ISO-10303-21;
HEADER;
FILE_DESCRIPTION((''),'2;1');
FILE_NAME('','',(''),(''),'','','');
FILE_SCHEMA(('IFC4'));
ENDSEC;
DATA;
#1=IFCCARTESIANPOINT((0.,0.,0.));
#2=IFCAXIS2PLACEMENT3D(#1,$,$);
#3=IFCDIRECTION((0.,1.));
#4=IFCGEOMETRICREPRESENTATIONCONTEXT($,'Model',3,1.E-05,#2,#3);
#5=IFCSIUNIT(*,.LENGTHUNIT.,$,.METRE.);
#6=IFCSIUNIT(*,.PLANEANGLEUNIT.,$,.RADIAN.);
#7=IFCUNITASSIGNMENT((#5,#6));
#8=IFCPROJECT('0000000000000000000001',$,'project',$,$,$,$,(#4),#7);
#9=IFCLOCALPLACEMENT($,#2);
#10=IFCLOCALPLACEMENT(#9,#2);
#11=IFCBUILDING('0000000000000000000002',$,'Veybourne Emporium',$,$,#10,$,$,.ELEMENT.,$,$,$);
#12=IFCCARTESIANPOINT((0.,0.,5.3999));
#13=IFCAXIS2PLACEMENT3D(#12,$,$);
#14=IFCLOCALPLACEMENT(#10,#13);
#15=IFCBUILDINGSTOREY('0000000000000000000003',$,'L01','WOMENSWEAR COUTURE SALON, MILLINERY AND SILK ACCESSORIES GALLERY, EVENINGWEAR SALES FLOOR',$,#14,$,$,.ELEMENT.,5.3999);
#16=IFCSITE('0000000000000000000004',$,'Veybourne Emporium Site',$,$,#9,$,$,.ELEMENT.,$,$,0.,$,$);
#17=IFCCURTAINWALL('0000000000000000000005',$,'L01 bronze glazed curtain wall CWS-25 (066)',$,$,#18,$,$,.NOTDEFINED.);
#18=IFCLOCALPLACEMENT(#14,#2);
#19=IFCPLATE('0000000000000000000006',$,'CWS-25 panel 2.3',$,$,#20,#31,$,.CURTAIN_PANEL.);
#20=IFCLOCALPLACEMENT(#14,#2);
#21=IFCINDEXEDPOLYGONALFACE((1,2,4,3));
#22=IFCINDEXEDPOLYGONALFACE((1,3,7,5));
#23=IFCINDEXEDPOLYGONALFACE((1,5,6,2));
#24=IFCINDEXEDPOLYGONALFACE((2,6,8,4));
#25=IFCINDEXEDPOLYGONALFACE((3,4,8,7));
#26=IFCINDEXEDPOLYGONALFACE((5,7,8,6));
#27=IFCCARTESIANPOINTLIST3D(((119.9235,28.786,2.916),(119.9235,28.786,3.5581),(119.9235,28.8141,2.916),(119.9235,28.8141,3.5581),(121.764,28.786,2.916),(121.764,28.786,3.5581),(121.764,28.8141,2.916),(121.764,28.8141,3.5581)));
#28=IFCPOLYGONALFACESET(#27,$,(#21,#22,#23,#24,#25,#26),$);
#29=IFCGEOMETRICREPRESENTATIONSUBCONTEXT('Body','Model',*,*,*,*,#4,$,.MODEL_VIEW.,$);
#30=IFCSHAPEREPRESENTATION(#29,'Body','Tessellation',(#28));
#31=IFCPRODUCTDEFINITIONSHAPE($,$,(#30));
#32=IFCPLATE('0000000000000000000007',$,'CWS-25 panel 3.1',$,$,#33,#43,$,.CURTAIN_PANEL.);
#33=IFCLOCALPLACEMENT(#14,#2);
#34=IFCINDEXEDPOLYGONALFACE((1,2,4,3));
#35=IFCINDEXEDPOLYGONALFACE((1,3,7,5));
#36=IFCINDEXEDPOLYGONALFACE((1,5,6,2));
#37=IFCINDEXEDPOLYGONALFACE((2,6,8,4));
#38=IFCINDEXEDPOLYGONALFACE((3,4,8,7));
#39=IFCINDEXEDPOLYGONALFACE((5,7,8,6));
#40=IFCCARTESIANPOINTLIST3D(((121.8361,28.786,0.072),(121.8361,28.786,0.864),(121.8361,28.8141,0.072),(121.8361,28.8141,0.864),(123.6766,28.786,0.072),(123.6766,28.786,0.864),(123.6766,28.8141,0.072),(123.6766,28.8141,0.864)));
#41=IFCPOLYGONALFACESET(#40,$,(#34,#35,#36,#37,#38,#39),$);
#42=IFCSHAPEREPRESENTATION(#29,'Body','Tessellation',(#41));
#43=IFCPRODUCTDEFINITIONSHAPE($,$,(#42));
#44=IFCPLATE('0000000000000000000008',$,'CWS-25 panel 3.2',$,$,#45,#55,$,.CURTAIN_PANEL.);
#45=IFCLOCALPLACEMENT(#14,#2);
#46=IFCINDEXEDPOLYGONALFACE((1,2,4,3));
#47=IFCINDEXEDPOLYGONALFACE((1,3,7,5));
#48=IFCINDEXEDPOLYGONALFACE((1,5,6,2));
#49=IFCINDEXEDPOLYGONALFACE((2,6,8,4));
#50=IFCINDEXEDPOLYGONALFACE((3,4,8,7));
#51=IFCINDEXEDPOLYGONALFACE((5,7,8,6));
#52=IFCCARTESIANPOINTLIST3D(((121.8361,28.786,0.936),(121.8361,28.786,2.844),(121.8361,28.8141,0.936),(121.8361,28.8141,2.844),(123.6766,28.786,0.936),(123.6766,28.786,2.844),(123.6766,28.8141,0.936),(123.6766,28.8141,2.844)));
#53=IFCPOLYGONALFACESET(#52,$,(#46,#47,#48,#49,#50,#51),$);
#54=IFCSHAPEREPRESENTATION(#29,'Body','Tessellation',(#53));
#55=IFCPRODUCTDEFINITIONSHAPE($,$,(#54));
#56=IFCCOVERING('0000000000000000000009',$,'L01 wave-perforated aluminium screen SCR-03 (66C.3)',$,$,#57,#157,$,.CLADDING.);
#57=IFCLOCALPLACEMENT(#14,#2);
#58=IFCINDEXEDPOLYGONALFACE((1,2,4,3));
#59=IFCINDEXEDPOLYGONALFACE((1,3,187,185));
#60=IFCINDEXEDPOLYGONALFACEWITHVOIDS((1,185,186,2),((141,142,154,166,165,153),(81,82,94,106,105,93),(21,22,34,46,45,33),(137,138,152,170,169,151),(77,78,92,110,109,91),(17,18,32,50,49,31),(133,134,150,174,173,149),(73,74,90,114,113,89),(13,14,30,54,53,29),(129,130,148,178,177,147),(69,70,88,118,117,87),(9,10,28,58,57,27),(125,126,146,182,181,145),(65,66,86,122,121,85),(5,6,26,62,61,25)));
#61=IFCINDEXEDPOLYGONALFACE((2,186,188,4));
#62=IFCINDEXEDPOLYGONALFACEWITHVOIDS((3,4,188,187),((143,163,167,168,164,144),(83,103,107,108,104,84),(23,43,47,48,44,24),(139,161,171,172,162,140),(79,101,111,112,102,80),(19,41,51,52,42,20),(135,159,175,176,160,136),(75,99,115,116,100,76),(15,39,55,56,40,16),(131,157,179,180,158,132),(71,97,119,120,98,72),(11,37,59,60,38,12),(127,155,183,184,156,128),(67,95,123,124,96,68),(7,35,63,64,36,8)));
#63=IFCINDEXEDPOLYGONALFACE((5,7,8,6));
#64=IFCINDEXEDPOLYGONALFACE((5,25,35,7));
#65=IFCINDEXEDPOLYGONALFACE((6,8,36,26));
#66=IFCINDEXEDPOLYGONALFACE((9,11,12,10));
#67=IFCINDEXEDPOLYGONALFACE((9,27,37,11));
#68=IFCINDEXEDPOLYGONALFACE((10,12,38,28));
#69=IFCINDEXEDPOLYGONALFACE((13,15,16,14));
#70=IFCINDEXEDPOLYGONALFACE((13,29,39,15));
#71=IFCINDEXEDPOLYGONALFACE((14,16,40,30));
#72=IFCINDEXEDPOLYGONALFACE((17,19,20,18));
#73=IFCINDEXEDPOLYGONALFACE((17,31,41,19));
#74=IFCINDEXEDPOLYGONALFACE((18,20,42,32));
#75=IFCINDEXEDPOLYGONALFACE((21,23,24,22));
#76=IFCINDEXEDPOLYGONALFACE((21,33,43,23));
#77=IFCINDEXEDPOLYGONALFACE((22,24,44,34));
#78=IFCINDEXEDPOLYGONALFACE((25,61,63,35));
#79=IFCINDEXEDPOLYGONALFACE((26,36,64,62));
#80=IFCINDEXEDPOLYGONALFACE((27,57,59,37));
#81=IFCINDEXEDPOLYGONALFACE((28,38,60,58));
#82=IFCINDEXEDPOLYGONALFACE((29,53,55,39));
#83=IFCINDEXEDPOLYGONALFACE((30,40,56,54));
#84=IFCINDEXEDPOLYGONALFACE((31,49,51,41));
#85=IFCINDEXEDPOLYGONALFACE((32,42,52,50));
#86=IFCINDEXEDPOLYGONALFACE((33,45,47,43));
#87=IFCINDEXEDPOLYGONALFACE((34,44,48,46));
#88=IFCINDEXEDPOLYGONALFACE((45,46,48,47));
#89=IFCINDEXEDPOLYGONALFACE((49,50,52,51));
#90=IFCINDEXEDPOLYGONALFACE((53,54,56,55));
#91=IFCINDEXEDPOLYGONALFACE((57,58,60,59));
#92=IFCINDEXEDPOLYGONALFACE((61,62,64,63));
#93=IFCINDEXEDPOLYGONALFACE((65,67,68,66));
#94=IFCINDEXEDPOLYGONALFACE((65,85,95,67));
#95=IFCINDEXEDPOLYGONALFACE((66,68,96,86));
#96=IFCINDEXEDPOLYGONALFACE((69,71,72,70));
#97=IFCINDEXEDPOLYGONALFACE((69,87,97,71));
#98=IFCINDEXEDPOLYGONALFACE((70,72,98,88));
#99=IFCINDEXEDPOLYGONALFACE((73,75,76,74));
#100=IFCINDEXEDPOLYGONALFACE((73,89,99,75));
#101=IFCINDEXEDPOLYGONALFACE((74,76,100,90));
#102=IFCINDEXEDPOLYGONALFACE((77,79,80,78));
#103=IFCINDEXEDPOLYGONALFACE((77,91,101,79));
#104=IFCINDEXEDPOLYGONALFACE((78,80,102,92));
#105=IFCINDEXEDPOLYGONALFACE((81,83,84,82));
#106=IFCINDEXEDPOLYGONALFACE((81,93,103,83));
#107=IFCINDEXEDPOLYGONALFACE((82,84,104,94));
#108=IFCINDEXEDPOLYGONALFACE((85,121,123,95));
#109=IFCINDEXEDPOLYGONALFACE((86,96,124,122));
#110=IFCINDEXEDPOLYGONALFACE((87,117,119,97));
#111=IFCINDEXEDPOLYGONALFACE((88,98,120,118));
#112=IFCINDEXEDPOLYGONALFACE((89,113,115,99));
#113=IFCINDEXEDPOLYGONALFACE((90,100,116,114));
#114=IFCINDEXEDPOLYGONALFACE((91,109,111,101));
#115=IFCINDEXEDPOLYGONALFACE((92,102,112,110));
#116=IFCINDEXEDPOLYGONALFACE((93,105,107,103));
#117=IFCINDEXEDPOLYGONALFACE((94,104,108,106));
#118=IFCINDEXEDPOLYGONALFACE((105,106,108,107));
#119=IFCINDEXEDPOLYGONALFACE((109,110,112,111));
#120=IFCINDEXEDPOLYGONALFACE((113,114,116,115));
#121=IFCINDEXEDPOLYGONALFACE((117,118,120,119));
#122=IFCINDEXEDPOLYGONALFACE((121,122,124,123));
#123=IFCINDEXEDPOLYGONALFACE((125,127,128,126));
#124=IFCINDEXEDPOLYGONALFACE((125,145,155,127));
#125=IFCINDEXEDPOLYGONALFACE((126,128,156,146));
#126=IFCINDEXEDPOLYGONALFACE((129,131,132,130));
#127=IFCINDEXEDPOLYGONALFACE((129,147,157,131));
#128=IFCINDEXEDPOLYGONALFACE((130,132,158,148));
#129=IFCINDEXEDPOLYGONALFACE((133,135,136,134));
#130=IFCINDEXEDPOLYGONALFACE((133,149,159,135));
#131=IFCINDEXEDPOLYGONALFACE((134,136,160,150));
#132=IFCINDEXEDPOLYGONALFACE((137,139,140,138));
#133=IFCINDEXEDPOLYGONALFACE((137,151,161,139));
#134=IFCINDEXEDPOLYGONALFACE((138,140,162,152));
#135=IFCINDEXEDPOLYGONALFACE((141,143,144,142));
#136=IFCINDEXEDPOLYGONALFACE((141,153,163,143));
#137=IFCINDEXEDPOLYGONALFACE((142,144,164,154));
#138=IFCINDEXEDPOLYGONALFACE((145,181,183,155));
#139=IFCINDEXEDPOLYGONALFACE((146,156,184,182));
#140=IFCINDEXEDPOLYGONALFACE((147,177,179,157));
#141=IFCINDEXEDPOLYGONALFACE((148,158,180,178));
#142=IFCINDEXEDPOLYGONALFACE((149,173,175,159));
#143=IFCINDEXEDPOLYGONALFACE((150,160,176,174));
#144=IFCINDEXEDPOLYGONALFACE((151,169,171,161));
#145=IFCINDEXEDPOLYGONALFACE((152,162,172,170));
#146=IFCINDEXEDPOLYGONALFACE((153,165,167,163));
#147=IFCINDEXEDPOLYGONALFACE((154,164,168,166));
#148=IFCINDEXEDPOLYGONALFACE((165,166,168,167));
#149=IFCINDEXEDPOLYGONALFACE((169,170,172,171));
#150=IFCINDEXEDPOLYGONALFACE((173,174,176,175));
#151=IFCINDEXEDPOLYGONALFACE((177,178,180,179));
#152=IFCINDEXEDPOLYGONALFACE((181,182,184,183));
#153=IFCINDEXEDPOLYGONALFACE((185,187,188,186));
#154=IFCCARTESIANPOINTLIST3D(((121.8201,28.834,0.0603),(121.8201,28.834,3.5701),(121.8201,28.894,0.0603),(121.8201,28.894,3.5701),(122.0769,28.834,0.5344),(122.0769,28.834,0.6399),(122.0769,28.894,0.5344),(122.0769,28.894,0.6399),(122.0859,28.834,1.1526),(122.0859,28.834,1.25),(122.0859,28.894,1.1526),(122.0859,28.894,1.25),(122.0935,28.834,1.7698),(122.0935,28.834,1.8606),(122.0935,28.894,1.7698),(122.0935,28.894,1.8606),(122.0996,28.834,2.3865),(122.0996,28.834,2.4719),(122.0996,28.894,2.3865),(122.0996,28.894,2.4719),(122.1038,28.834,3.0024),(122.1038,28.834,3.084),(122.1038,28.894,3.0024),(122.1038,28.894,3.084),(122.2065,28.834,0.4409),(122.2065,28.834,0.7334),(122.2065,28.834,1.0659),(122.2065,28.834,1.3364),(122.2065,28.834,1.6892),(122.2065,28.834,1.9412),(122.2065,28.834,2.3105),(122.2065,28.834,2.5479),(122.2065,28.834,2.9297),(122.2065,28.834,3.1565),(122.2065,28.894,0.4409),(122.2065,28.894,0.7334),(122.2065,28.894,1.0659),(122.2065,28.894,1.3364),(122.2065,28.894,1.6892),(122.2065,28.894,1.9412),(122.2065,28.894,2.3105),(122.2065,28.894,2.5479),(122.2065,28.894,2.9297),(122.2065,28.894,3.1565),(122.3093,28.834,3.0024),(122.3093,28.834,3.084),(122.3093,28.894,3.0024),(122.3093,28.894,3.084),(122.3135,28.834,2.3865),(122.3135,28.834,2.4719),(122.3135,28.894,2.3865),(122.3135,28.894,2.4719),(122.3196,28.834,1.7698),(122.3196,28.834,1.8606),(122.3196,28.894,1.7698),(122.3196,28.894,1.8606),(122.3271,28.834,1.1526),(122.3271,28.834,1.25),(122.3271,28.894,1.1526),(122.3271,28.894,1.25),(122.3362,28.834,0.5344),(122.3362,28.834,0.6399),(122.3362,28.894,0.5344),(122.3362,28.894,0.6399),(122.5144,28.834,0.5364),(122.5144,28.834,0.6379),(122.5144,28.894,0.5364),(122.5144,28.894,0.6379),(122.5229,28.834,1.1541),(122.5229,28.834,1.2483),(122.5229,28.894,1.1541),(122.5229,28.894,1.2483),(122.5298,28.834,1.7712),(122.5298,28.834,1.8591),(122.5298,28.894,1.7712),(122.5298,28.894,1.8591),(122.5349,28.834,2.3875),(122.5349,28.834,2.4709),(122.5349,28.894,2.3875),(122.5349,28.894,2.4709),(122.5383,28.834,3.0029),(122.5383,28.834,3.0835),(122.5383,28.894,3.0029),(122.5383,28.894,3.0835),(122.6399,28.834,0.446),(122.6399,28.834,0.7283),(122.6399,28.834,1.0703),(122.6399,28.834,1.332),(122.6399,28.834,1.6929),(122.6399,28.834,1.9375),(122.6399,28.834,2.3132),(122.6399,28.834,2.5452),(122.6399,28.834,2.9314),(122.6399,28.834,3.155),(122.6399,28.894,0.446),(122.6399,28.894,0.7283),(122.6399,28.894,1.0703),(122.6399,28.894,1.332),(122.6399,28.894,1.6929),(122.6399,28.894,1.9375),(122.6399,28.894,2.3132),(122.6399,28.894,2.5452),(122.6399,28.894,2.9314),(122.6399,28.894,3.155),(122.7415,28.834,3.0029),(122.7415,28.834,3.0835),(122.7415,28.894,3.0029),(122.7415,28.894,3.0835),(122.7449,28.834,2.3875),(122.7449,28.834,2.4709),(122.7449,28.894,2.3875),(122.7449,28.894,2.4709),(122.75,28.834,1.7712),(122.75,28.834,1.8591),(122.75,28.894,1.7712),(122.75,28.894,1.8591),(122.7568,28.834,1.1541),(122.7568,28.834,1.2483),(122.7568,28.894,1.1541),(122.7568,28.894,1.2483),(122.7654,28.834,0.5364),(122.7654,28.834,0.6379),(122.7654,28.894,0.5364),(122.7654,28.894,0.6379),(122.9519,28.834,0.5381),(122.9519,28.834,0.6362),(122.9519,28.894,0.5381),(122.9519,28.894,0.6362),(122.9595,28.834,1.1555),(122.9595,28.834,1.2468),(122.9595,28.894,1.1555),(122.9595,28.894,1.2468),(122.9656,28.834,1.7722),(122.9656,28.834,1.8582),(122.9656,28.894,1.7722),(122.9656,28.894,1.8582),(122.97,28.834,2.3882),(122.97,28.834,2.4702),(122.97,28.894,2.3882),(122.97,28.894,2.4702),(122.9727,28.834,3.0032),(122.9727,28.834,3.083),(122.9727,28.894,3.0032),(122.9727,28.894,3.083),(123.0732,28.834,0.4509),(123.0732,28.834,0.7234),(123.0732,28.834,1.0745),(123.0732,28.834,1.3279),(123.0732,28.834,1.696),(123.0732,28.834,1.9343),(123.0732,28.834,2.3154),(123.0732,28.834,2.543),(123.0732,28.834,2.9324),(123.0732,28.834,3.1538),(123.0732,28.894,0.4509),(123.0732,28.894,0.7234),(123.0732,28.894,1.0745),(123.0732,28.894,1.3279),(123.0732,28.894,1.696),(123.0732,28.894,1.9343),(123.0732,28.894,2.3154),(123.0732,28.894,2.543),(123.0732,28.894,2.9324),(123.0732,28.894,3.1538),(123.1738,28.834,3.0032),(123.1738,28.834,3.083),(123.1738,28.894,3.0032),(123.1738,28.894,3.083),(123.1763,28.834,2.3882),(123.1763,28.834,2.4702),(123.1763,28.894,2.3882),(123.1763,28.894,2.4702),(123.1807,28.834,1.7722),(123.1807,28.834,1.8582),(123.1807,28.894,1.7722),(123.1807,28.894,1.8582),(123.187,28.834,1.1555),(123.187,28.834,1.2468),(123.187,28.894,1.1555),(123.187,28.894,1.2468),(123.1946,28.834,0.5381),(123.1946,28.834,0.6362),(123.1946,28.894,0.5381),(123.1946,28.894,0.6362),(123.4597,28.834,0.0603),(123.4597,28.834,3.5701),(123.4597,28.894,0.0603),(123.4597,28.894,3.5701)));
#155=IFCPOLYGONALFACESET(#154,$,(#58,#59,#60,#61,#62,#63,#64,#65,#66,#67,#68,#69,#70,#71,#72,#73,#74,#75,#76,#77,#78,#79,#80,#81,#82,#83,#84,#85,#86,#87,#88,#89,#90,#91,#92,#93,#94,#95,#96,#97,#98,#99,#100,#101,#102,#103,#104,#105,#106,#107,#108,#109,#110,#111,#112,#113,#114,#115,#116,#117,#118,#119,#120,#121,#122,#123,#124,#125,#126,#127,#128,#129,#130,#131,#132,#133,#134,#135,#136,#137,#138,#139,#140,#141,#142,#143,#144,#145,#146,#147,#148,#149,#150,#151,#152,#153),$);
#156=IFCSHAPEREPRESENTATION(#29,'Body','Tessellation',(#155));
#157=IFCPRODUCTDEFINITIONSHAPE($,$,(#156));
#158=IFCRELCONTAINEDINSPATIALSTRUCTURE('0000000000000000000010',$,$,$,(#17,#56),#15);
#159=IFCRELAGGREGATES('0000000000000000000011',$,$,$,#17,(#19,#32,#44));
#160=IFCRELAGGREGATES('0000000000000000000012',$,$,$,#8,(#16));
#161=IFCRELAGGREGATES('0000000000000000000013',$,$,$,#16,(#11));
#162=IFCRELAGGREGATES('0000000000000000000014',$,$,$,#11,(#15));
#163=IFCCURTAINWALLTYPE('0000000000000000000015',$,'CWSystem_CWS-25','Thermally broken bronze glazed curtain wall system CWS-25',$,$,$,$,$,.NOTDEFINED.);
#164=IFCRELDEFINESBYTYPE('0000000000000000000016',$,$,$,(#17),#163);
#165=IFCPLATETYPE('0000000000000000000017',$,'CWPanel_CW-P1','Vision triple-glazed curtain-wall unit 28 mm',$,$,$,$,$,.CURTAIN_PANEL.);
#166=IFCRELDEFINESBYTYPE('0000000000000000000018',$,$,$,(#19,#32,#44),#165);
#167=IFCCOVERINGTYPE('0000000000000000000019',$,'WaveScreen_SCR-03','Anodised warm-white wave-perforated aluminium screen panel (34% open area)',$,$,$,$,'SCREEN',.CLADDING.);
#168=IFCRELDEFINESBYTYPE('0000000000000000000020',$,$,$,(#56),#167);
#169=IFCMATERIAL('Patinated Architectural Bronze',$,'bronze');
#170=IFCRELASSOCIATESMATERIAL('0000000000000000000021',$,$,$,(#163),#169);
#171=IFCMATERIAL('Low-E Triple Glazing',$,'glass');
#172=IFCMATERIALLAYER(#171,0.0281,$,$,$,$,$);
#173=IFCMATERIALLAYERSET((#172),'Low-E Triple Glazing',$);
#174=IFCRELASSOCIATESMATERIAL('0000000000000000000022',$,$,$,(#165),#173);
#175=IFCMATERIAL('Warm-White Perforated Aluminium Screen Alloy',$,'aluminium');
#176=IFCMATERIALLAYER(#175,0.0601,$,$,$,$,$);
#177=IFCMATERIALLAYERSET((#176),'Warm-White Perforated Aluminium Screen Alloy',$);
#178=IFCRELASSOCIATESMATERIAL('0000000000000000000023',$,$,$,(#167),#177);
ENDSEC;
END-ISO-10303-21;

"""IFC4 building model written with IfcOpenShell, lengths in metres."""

from ifc_helpers import new_model, si_unit, direction, frame, origin, origin_2d, place, context, subcontext, project, spatial, polyline, rectangle, outline, extrude, material, layer, layer_set, type_object, element, aggregate, save


model = new_model("IFC4")

# Units and contexts
model_context = context("Model", 3, precision=1e-05, world=origin(), true_north=direction((0.0, 1.0)))
body_context = subcontext(model_context, "Body", "Model", "MODEL_VIEW")
ifc_project = project(units=[si_unit("LENGTHUNIT", "METRE"), si_unit("PLANEANGLEUNIT", "RADIAN")], contexts=[model_context])

# Site, building, storey
site_placement = place(None, origin())
site = spatial("IfcSite", under=ifc_project, at=site_placement, Name="Veybourne Emporium Site", CompositionType="ELEMENT", RefElevation=0.0)
building_placement = place(site_placement, origin())
building = spatial("IfcBuilding", under=site, at=building_placement, Name="Veybourne Emporium", CompositionType="ELEMENT")
storey_placement = place(building_placement, frame((0.0, 0.0, 5.3999)))
storey = spatial("IfcBuildingStorey", under=building, at=storey_placement, Name="L01", Description="WOMENSWEAR COUTURE SALON, MILLINERY AND SILK ACCESSORIES GALLERY, EVENINGWEAR SALES FLOOR", CompositionType="ELEMENT", Elevation=5.3999)

# Curtain wall, plates
ifc_material_1 = material(Name="Patinated Architectural Bronze", Category="bronze")
curtain_wall_type = type_object("IfcCurtainWallType", Name="CWSystem_CWS-25", Description="Thermally broken bronze glazed curtain wall system CWS-25", PredefinedType="NOTDEFINED", material=ifc_material_1)
curtain_wall_placement = place(storey_placement, origin())
curtain_wall = element("IfcCurtainWall", 1, at=curtain_wall_placement, inside=storey, type_object=curtain_wall_type, Name="L01 bronze glazed curtain wall CWS-25 (066)", PredefinedType="NOTDEFINED")
ifc_material_2 = material(Name="Low-E Triple Glazing", Category="glass")
ifc_layer_1 = layer(ifc_material_2, 0.0281)
ifc_layer_set_1 = layer_set([ifc_layer_1], Name="Low-E Triple Glazing")
plate_type = type_object("IfcPlateType", Name="CWPanel_CW-P1", Description="Vision triple-glazed curtain-wall unit 28 mm", PredefinedType="CURTAIN_PANEL", material=ifc_layer_set_1)
plate_1_placement = place(storey_placement, frame((120.8438, 28.8, 2.916), z_axis=(0.0, 0.0, 1.0), x_axis=(1.0, 0.0, 0.0)))
plate_1 = element("IfcPlate", 2, at=plate_1_placement, type_object=plate_type, Name="CWS-25 panel 2.3", PredefinedType="CURTAIN_PANEL", context=body_context, shape_type="SweptSolid", body=[
    extrude(rectangle(XDim=1.8406, YDim=0.0281, at=origin_2d()), origin(), (0.0, 0.0, 1.0), 0.6421),
])
plate_2_placement = place(storey_placement, frame((122.7563, 28.8, 0.072), z_axis=(0.0, 0.0, 1.0), x_axis=(1.0, 0.0, 0.0)))
plate_2 = element("IfcPlate", 3, at=plate_2_placement, type_object=plate_type, Name="CWS-25 panel 3.1", PredefinedType="CURTAIN_PANEL", context=body_context, shape_type="SweptSolid", body=[
    extrude(rectangle(XDim=1.8406, YDim=0.0281, at=origin_2d()), origin(), (0.0, 0.0, 1.0), 0.792),
])
plate_3_placement = place(storey_placement, frame((122.7563, 28.8, 0.936), z_axis=(0.0, 0.0, 1.0), x_axis=(1.0, 0.0, 0.0)))
plate_3 = element("IfcPlate", 4, at=plate_3_placement, type_object=plate_type, Name="CWS-25 panel 3.2", PredefinedType="CURTAIN_PANEL", context=body_context, shape_type="SweptSolid", body=[
    extrude(rectangle(XDim=1.8406, YDim=0.0281, at=origin_2d()), origin(), (0.0, 0.0, 1.0), 1.908),
])
aggregate(curtain_wall, [plate_1, plate_2, plate_3])

# Covering
ifc_material_3 = material(Name="Warm-White Perforated Aluminium Screen Alloy", Category="aluminium")
ifc_layer_2 = layer(ifc_material_3, 0.0601)
ifc_layer_set_2 = layer_set([ifc_layer_2], Name="Warm-White Perforated Aluminium Screen Alloy")
covering_type_1 = type_object("IfcCoveringType", Name="WaveScreen_SCR-03", Description="Anodised warm-white wave-perforated aluminium screen panel (34% open area)", ElementType="SCREEN", PredefinedType="CLADDING", material=ifc_layer_set_2)
covering_1_placement = place(storey_placement, frame((122.6399, 28.894, 1.8152), z_axis=(0.0, -1.0, 0.0), x_axis=(1.0, 0.0, 0.0)))
element("IfcCovering", 5, at=covering_1_placement, inside=storey, type_object=covering_type_1, Name="L01 wave-perforated aluminium screen SCR-03 (66C.3)", PredefinedType="CLADDING", context=body_context, shape_type="SweptSolid", body=[
    extrude(outline(polyline([(-0.8198, -1.7549), (0.8198, -1.7549), (0.8198, 1.7549), (-0.8198, 1.7549), (-0.8198, -1.7549)]), holes=[polyline([(-0.4333, -1.0818), (-0.3037, -1.1753), (-0.3037, -1.2808), (-0.4333, -1.3743), (-0.563, -1.2808), (-0.563, -1.1753), (-0.4333, -1.0818)]), polyline([(-0.4333, -0.4788), (-0.3127, -0.5652), (-0.3127, -0.6626), (-0.4333, -0.7493), (-0.554, -0.6626), (-0.554, -0.5652), (-0.4333, -0.4788)]), polyline([(-0.4333, 0.126), (-0.3203, 0.0454), (-0.3203, -0.0454), (-0.4333, -0.126), (-0.5464, -0.0454), (-0.5464, 0.0454), (-0.4333, 0.126)]), polyline([(-0.4333, 0.7327), (-0.3264, 0.6567), (-0.3264, 0.5713), (-0.4333, 0.4954), (-0.5403, 0.5713), (-0.5403, 0.6567), (-0.4333, 0.7327)]), polyline([(-0.4333, 1.3413), (-0.3306, 1.2688), (-0.3306, 1.1873), (-0.4333, 1.1145), (-0.5361, 1.1873), (-0.5361, 1.2688), (-0.4333, 1.3413)]), polyline([(0.0, -1.0869), (0.1255, -1.1772), (0.1255, -1.2788), (0.0, -1.3691), (-0.1255, -1.2788), (-0.1255, -1.1772), (0.0, -1.0869)]), polyline([(0.0, -0.4832), (0.1169, -0.5669), (0.1169, -0.6611), (0.0, -0.7449), (-0.1169, -0.6611), (-0.1169, -0.5669), (0.0, -0.4832)]), polyline([(0.0, 0.1223), (0.1101, 0.0439), (0.1101, -0.0439), (0.0, -0.1223), (-0.1101, -0.0439), (-0.1101, 0.0439), (0.0, 0.1223)]), polyline([(0.0, 0.73), (0.105, 0.6558), (0.105, 0.5723), (0.0, 0.498), (-0.105, 0.5723), (-0.105, 0.6558), (0.0, 0.73)]), polyline([(0.0, 1.3398), (0.1016, 1.2683), (0.1016, 1.1877), (0.0, 1.1162), (-0.1016, 1.1877), (-0.1016, 1.2683), (0.0, 1.3398)]), polyline([(0.4333, -1.0918), (0.5547, -1.179), (0.5547, -1.2771), (0.4333, -1.3643), (0.312, -1.2771), (0.312, -1.179), (0.4333, -1.0918)]), polyline([(0.4333, -0.4873), (0.5471, -0.5684), (0.5471, -0.6597), (0.4333, -0.7407), (0.3196, -0.6597), (0.3196, -0.5684), (0.4333, -0.4873)]), polyline([(0.4333, 0.1191), (0.5408, 0.043), (0.5408, -0.043), (0.4333, -0.1191), (0.3257, -0.043), (0.3257, 0.043), (0.4333, 0.1191)]), polyline([(0.4333, 0.7278), (0.5364, 0.655), (0.5364, 0.573), (0.4333, 0.5002), (0.3301, 0.573), (0.3301, 0.655), (0.4333, 0.7278)]), polyline([(0.4333, 1.3386), (0.5339, 1.2678), (0.5339, 1.188), (0.4333, 1.1172), (0.3328, 1.188), (0.3328, 1.2678), (0.4333, 1.3386)])]), origin(), (0.0, 0.0, 1.0), 0.0601),
])

save(model, "model.ifc")
